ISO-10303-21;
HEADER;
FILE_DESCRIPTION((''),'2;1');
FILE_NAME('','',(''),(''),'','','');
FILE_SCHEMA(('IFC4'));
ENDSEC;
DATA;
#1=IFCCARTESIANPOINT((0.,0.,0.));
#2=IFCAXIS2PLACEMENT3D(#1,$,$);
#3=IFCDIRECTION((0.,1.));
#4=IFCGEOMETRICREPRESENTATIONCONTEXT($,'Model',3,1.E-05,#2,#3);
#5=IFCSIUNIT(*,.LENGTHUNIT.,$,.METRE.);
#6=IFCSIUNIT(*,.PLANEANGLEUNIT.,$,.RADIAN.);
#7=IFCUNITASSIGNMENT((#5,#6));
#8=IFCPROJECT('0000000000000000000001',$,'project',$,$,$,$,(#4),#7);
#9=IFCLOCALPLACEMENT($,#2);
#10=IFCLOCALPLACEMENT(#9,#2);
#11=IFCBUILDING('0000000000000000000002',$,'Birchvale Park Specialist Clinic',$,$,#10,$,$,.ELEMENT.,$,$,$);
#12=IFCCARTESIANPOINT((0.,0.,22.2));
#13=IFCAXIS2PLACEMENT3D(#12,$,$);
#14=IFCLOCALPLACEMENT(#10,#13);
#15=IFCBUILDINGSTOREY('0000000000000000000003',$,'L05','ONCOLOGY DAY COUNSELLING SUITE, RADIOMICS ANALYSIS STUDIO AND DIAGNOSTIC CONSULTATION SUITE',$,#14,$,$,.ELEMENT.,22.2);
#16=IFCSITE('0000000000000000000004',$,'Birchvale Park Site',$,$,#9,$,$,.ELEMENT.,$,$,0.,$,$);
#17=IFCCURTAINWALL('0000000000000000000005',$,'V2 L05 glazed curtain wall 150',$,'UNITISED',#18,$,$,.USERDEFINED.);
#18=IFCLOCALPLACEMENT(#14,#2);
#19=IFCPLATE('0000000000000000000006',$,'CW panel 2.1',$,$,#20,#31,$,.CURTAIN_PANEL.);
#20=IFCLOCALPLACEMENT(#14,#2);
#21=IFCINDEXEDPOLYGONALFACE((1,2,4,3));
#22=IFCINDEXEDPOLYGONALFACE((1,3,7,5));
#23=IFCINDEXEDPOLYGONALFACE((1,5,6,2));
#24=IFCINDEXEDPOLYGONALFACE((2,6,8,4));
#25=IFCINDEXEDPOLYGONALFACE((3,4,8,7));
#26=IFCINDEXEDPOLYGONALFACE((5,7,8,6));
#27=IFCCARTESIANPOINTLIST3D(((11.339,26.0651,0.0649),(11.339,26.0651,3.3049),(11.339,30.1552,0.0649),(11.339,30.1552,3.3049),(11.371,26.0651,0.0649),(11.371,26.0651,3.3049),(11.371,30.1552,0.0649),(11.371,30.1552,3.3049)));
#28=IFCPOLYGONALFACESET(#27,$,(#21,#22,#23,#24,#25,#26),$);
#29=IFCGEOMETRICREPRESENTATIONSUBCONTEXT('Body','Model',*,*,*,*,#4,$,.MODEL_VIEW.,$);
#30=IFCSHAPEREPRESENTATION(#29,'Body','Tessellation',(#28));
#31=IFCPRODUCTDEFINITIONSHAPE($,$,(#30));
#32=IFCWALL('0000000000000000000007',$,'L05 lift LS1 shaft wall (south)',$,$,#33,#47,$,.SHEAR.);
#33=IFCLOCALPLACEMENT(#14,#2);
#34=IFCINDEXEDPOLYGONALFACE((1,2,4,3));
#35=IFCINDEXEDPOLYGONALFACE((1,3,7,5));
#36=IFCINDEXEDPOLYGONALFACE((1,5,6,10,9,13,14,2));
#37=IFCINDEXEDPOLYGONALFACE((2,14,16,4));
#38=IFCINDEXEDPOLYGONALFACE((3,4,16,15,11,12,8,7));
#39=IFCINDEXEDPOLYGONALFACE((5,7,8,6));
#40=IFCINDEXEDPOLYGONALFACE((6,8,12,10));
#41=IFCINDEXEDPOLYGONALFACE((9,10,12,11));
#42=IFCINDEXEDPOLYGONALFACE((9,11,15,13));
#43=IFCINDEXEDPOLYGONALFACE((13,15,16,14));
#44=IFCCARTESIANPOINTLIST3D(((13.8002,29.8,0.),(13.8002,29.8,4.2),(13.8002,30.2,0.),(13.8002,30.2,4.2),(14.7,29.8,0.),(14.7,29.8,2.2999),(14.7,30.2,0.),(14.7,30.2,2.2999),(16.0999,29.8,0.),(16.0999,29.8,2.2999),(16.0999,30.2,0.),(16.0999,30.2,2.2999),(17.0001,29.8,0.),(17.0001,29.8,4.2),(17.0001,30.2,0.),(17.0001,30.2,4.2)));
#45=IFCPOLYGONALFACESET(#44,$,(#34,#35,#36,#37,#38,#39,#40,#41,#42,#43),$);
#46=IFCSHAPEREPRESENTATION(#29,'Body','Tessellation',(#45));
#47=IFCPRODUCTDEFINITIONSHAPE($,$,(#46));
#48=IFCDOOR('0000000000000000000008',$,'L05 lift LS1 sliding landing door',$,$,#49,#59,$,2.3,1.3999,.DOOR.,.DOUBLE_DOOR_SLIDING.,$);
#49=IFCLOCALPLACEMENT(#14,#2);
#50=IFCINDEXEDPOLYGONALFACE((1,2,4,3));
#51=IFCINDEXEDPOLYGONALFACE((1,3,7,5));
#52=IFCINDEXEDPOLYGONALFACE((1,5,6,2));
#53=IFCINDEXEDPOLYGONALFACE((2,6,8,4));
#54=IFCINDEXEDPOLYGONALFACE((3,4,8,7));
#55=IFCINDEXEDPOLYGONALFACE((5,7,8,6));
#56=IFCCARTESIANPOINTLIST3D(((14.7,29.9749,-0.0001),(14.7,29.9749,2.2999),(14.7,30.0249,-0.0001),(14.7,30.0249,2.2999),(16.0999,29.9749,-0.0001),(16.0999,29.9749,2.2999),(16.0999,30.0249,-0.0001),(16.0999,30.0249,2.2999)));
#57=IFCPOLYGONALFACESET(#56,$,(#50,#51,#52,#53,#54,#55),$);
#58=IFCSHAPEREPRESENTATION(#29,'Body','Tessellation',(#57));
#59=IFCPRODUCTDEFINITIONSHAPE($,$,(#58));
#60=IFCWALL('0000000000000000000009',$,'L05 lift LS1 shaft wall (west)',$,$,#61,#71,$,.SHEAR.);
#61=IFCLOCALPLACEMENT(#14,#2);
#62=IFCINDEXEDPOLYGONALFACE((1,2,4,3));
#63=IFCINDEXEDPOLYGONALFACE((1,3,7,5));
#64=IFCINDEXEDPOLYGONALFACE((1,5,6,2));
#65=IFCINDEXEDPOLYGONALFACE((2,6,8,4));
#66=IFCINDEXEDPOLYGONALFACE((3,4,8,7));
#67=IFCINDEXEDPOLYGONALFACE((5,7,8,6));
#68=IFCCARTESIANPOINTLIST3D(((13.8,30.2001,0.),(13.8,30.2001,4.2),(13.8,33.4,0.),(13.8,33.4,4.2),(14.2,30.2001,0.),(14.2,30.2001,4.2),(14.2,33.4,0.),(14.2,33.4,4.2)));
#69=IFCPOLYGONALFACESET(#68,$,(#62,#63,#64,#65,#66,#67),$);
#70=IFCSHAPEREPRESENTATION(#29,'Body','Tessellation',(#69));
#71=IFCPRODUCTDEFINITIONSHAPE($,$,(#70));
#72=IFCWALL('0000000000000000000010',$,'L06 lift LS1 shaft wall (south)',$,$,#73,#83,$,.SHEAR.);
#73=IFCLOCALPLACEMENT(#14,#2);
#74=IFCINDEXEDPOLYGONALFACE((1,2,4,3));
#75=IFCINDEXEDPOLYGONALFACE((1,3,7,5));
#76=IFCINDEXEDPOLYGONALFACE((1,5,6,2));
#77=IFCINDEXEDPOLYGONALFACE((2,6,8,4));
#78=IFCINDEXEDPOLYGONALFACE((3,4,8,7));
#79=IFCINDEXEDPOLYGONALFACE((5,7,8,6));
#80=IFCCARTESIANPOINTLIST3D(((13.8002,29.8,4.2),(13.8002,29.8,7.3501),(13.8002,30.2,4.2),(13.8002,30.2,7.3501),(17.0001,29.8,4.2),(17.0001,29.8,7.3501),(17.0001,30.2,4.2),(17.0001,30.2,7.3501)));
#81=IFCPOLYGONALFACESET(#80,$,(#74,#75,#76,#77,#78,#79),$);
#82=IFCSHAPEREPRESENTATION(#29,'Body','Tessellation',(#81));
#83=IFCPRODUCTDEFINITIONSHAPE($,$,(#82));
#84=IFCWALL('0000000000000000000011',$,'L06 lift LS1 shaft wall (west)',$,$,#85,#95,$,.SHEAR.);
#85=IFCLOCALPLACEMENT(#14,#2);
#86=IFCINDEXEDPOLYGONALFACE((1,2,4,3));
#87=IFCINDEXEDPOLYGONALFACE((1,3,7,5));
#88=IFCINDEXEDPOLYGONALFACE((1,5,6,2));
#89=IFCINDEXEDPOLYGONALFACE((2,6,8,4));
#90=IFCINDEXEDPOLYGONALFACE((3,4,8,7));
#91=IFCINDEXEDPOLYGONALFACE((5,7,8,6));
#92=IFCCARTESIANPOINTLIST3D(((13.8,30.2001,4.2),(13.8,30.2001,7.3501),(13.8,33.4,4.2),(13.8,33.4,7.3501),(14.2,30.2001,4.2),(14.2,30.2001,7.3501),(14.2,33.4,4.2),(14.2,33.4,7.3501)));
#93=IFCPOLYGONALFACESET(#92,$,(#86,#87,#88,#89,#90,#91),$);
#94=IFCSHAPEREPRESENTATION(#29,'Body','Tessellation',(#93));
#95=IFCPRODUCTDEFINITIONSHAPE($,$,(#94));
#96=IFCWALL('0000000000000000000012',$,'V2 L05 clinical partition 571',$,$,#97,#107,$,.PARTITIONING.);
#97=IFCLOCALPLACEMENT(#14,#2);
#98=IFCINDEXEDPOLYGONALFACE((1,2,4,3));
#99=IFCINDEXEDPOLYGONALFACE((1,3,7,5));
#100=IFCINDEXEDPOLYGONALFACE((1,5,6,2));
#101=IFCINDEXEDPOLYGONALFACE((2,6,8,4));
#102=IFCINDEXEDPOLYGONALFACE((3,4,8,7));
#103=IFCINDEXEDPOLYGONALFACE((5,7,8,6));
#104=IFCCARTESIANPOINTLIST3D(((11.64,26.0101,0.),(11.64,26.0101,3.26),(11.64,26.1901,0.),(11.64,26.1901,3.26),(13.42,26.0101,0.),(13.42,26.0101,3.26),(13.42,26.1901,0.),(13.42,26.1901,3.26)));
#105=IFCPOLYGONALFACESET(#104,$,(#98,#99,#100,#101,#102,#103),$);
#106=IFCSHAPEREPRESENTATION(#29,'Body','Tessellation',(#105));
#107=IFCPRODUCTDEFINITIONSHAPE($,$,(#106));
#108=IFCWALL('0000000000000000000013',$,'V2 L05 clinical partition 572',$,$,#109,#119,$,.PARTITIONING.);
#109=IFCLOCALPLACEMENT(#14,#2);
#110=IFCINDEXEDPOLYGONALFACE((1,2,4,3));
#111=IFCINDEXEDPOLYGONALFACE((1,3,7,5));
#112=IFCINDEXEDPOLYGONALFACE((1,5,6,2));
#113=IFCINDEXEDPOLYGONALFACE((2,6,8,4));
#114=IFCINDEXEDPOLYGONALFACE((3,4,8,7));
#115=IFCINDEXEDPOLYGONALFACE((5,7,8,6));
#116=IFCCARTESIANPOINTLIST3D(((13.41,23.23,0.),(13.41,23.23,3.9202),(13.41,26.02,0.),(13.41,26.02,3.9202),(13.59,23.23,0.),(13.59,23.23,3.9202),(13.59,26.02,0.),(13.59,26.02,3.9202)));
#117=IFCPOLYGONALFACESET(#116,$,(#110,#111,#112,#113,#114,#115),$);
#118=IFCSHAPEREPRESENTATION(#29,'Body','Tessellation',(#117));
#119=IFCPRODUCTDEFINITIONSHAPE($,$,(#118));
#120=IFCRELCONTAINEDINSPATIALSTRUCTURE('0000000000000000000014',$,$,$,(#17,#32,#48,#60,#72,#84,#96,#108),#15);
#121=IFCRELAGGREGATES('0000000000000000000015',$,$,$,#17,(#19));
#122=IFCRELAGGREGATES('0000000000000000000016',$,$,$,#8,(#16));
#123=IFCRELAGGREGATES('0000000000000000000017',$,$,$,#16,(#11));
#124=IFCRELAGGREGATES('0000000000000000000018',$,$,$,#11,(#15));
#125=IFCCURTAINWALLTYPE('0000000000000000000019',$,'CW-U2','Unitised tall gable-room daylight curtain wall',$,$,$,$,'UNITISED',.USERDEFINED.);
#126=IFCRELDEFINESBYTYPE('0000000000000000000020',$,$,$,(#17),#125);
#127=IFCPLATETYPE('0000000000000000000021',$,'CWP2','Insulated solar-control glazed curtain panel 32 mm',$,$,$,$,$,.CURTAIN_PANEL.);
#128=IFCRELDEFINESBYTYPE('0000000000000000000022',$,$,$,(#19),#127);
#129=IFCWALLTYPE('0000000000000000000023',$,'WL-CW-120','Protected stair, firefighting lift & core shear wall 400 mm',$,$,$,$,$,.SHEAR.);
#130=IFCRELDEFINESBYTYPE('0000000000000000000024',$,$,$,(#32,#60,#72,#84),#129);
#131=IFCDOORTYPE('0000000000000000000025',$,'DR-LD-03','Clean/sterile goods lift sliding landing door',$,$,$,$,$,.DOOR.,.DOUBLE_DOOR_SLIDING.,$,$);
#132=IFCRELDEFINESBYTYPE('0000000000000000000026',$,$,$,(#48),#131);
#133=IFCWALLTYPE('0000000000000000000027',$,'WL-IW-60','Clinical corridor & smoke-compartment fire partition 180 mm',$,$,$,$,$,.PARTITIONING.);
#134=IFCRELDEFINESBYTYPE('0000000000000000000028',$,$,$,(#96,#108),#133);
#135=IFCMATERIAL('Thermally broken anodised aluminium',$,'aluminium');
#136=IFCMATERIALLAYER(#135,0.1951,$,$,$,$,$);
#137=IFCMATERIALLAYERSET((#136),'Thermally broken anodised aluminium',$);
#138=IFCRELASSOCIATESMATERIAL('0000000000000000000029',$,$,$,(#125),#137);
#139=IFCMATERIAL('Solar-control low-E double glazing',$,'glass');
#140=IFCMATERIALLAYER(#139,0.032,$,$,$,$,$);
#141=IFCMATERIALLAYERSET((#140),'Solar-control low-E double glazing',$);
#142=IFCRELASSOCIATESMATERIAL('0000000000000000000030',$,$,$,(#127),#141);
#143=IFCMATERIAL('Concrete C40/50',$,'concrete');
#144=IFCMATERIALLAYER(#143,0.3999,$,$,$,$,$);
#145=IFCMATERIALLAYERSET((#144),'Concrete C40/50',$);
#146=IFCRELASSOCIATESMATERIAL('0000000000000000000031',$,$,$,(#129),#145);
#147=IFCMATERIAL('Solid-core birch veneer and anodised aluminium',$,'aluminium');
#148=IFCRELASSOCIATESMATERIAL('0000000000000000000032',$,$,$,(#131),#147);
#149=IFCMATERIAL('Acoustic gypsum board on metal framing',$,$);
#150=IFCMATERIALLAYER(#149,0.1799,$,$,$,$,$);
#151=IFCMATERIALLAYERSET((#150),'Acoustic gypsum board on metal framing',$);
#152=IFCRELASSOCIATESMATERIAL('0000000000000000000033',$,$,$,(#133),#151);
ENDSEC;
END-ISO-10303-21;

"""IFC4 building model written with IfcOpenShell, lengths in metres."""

from ifc_helpers import new_model, si_unit, direction, frame, frame_2d, origin, origin_2d, place, context, subcontext, project, spatial, rectangle, extrude, material, layer, layer_set, type_object, element, fill, aggregate, save


model = new_model("IFC4")

# Units and contexts
model_context = context("Model", 3, precision=1e-05, world=origin(), true_north=direction((0.0, 1.0)))
body_context = subcontext(model_context, "Body", "Model", "MODEL_VIEW")
ifc_project = project(units=[si_unit("LENGTHUNIT", "METRE"), si_unit("PLANEANGLEUNIT", "RADIAN")], contexts=[model_context])

# Site, building, storey
site_placement = place(None, origin())
site = spatial("IfcSite", under=ifc_project, at=site_placement, Name="Birchvale Park Site", CompositionType="ELEMENT", RefElevation=0.0)
building_placement = place(site_placement, origin())
building = spatial("IfcBuilding", under=site, at=building_placement, Name="Birchvale Park Specialist Clinic", CompositionType="ELEMENT")
storey_placement = place(building_placement, frame((0.0, 0.0, 22.2)))
storey = spatial("IfcBuildingStorey", under=building, at=storey_placement, Name="L05", Description="ONCOLOGY DAY COUNSELLING SUITE, RADIOMICS ANALYSIS STUDIO AND DIAGNOSTIC CONSULTATION SUITE", CompositionType="ELEMENT", Elevation=22.2)

# Shared definitions
ifc_material_1 = material(Name="Concrete C40/50", Category="concrete")

# Shared definitions
ifc_material_2 = material(Name="Thermally broken anodised aluminium", Category="aluminium")
ifc_layer_1 = layer(ifc_material_2, 0.1951)
ifc_layer_set_1 = layer_set([ifc_layer_1], Name="Thermally broken anodised aluminium")
curtain_wall_type = type_object("IfcCurtainWallType", Name="CW-U2", Description="Unitised tall gable-room daylight curtain wall", ElementType="UNITISED", PredefinedType="USERDEFINED", material=ifc_layer_set_1)

# Curtain wall
curtain_wall_1_placement = place(storey_placement, origin())
curtain_wall_1 = element("IfcCurtainWall", 1, at=curtain_wall_1_placement, inside=storey, type_object=curtain_wall_type, Name="V2 L05 glazed curtain wall 150", ObjectType="UNITISED", PredefinedType="USERDEFINED")

# Plate
ifc_material_3 = material(Name="Solar-control low-E double glazing", Category="glass")
ifc_layer_2 = layer(ifc_material_3, 0.032)
ifc_layer_set_2 = layer_set([ifc_layer_2], Name="Solar-control low-E double glazing")
plate_type = type_object("IfcPlateType", Name="CWP2", Description="Insulated solar-control glazed curtain panel 32 mm", PredefinedType="CURTAIN_PANEL", material=ifc_layer_set_2)
plate_1_placement = place(storey_placement, frame((11.355, 28.1101, 0.0649), z_axis=(0.0, 0.0, 1.0), x_axis=(0.0, -1.0, 0.0)))
plate_1 = element("IfcPlate", 2, at=plate_1_placement, type_object=plate_type, Name="CW panel 2.1", PredefinedType="CURTAIN_PANEL", context=body_context, shape_type="SweptSolid", body=[
    extrude(rectangle(XDim=4.0901, YDim=0.032, at=origin_2d()), origin(), (0.0, 0.0, 1.0), 3.24),
])
aggregate(curtain_wall_1, [plate_1])

# Wall, opening, door
ifc_layer_3 = layer(ifc_material_1, 0.3999)
ifc_layer_set_3 = layer_set([ifc_layer_3], Name="Concrete C40/50")
wall_type_1 = type_object("IfcWallType", Name="WL-CW-120", Description="Protected stair, firefighting lift & core shear wall 400 mm", PredefinedType="SHEAR", material=ifc_layer_set_3)
wall_1_placement = place(storey_placement, frame((13.8, 30.0, 0.0), z_axis=(0.0, 0.0, 1.0), x_axis=(1.0, 0.0, 0.0)))
wall_1 = element("IfcWall", 3, at=wall_1_placement, inside=storey, type_object=wall_type_1, Name="L05 lift LS1 shaft wall (south)", PredefinedType="SHEAR", context=body_context, shape_type="SweptSolid", body=[
    extrude(rectangle(XDim=3.2, YDim=0.3999, at=frame_2d((1.6001, 0.0))), origin(), (0.0, 0.0, 1.0), 4.2),
])
opening_placement = place(wall_1_placement, frame((0.8999, 0.0, 0.0)))
opening = element("IfcOpeningElement", 4, at=opening_placement, cuts=wall_1, PredefinedType="OPENING", context=body_context, shape_type="SweptSolid", body=[
    extrude(rectangle(XDim=1.3999, YDim=2.3, at=frame_2d((0.7, 1.1499))), frame((0.0, 0.21, 0.0), z_axis=(0.0, -1.0, 0.0), x_axis=(1.0, 0.0, 0.0)), (0.0, 0.0, 1.0), 0.4199),
])
ifc_material_4 = material(Name="Solid-core birch veneer and anodised aluminium", Category="aluminium")
door_type = type_object("IfcDoorType", Name="DR-LD-03", Description="Clean/sterile goods lift sliding landing door", OperationType="DOUBLE_DOOR_SLIDING", PredefinedType="DOOR", material=ifc_material_4)
door_placement = place(opening_placement, origin())
door = element("IfcDoor", 5, at=door_placement, inside=storey, type_object=door_type, Name="L05 lift LS1 sliding landing door", OperationType="DOUBLE_DOOR_SLIDING", OverallHeight=2.3, OverallWidth=1.3999, PredefinedType="DOOR", context=body_context, shape_type="SweptSolid", body=[
    extrude(rectangle(XDim=1.3999, YDim=2.3, at=frame_2d((0.7, 1.1499))), frame((0.0, 0.0249, 0.0), z_axis=(0.0, -1.0, 0.0), x_axis=(1.0, 0.0, 0.0)), (0.0, 0.0, 1.0), 0.05),
])
fill(opening, door)

# Walls
wall_2_placement = place(storey_placement, frame((14.0, 30.2, 0.0), z_axis=(0.0, 0.0, 1.0), x_axis=(0.0, 1.0, 0.0)))
element("IfcWall", 6, at=wall_2_placement, inside=storey, type_object=wall_type_1, Name="L05 lift LS1 shaft wall (west)", PredefinedType="SHEAR", context=body_context, shape_type="SweptSolid", body=[
    extrude(rectangle(XDim=3.2, YDim=0.3999, at=frame_2d((1.6001, 0.0))), origin(), (0.0, 0.0, 1.0), 4.2),
])
for number, where, z_axis, x_axis, name in (
    (7, (13.8, 30.0, 4.2), (0.0, 0.0, 1.0), (1.0, 0.0, 0.0), "L06 lift LS1 shaft wall (south)"),
    (8, (14.0, 30.2, 4.2), (0.0, 0.0, 1.0), (0.0, 1.0, 0.0), "L06 lift LS1 shaft wall (west)"),
):
    element("IfcWall", number, at=place(storey_placement, frame(where, z_axis=z_axis, x_axis=x_axis)), inside=storey, type_object=wall_type_1, Name=name, PredefinedType="SHEAR", context=body_context, shape_type="SweptSolid", body=[
        extrude(rectangle(XDim=3.2, YDim=0.3999, at=frame_2d((1.6001, 0.0))), origin(), (0.0, 0.0, 1.0), 3.1501),
    ])
ifc_material_5 = material(Name="Acoustic gypsum board on metal framing")
ifc_layer_4 = layer(ifc_material_5, 0.1799)
ifc_layer_set_4 = layer_set([ifc_layer_4], Name="Acoustic gypsum board on metal framing")
wall_type_2 = type_object("IfcWallType", Name="WL-IW-60", Description="Clinical corridor & smoke-compartment fire partition 180 mm", PredefinedType="PARTITIONING", material=ifc_layer_set_4)
wall_3_placement = place(storey_placement, frame((11.6399, 26.1001, 0.0), z_axis=(0.0, 0.0, 1.0), x_axis=(1.0, 0.0, 0.0)))
element("IfcWall", 9, at=wall_3_placement, inside=storey, type_object=wall_type_2, Name="V2 L05 clinical partition 571", PredefinedType="PARTITIONING", context=body_context, shape_type="SweptSolid", body=[
    extrude(rectangle(XDim=1.78, YDim=0.1799, at=frame_2d((0.8901, 0.0))), origin(), (0.0, 0.0, 1.0), 3.26),
])
wall_4_placement = place(storey_placement, frame((13.5, 26.02, 0.0), z_axis=(0.0, 0.0, 1.0), x_axis=(0.0, -1.0, 0.0)))
element("IfcWall", 10, at=wall_4_placement, inside=storey, type_object=wall_type_2, Name="V2 L05 clinical partition 572", PredefinedType="PARTITIONING", context=body_context, shape_type="SweptSolid", body=[
    extrude(rectangle(XDim=2.79, YDim=0.1799, at=frame_2d((1.395, 0.0))), origin(), (0.0, 0.0, 1.0), 3.9202),
])

save(model, "model.ifc")
